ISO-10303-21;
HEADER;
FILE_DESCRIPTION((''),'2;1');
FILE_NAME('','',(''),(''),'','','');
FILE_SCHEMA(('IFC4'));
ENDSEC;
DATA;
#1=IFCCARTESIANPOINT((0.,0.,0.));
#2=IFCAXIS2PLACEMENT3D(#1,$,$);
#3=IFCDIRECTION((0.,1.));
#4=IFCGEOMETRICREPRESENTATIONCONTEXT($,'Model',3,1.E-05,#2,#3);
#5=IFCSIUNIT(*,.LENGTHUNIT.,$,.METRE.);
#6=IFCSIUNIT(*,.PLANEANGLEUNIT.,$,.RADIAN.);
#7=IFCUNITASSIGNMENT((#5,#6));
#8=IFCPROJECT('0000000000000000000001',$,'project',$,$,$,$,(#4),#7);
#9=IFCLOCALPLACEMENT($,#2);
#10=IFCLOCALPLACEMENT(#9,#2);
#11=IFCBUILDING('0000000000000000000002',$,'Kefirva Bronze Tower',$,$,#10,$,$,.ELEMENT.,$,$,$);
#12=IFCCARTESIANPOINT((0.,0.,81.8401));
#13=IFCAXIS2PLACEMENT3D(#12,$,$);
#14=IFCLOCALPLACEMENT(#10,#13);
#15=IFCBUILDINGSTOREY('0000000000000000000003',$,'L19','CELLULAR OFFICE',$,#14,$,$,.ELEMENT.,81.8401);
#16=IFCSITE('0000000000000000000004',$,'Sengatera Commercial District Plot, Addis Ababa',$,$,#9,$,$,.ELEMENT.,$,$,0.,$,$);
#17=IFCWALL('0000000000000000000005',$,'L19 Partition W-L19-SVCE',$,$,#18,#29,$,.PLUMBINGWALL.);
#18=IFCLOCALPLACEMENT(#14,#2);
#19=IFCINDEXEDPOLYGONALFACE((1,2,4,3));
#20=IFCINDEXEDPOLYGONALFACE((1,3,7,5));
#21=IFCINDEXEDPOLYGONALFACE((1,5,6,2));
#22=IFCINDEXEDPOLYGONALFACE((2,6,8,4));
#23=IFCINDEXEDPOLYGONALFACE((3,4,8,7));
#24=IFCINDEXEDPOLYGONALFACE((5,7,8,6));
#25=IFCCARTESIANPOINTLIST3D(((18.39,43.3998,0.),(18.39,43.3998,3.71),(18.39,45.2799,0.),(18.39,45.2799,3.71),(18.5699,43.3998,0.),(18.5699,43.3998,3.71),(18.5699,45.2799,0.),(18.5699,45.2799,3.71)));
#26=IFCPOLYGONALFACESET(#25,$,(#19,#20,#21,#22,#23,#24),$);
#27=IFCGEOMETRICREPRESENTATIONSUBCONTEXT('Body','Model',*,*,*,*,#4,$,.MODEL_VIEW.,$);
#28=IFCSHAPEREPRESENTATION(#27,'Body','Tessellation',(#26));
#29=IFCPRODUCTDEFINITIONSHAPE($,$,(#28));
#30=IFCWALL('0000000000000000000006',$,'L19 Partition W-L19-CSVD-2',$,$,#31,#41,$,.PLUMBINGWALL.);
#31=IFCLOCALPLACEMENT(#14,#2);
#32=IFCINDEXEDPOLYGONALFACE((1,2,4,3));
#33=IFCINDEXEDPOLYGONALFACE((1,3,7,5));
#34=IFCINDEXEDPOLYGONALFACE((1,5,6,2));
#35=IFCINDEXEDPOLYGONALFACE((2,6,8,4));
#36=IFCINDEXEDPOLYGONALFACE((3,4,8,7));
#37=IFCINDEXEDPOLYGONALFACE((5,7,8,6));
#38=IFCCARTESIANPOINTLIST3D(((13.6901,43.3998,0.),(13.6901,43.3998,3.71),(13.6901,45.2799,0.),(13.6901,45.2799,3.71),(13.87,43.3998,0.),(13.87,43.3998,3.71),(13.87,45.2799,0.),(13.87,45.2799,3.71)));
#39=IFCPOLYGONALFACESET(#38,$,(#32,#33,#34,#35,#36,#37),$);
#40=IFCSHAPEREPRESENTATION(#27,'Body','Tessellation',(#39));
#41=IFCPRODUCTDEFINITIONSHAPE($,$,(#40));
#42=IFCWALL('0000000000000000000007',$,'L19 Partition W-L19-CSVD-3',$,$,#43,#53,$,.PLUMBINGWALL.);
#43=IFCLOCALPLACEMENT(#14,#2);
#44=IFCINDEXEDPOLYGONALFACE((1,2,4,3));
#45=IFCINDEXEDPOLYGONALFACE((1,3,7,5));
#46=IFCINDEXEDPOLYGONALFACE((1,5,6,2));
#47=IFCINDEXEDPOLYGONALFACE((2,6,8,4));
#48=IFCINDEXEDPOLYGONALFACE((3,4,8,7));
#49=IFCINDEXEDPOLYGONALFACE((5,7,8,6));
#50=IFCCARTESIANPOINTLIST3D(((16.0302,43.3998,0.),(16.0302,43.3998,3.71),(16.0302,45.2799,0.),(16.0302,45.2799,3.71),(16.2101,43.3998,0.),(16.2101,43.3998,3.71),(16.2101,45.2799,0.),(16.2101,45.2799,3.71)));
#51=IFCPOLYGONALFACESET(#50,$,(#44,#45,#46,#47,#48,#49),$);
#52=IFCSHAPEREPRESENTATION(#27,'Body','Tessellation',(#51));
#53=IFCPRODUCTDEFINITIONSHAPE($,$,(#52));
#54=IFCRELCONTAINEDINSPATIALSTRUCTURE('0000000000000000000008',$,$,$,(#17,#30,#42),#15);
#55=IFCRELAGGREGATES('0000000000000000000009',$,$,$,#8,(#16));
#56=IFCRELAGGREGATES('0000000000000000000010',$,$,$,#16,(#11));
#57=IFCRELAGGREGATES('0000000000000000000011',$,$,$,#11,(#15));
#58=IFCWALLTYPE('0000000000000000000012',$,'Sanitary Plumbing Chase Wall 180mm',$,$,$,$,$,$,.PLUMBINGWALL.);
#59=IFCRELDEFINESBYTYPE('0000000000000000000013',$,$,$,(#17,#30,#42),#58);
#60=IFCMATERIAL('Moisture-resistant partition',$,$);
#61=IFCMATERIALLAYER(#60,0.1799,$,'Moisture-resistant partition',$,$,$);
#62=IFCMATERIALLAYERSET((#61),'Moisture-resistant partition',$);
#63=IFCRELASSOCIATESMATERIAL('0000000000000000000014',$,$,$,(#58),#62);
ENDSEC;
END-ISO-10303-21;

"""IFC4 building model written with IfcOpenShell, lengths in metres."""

from ifc_helpers import new_model, si_unit, direction, frame, frame_2d, origin, place, context, subcontext, project, spatial, rectangle, extrude, material, layer, layer_set, type_object, element, save


model = new_model("IFC4")

# Units and contexts
model_context = context("Model", 3, precision=1e-05, world=origin(), true_north=direction((0.0, 1.0)))
body_context = subcontext(model_context, "Body", "Model", "MODEL_VIEW")
ifc_project = project(units=[si_unit("LENGTHUNIT", "METRE"), si_unit("PLANEANGLEUNIT", "RADIAN")], contexts=[model_context])

# Site, building, storey
site_placement = place(None, origin())
site = spatial("IfcSite", under=ifc_project, at=site_placement, Name="Sengatera Commercial District Plot, Addis Ababa", CompositionType="ELEMENT", RefElevation=0.0)
building_placement = place(site_placement, origin())
building = spatial("IfcBuilding", under=site, at=building_placement, Name="Kefirva Bronze Tower", CompositionType="ELEMENT")
storey_placement = place(building_placement, frame((0.0, 0.0, 81.8401)))
storey = spatial("IfcBuildingStorey", under=building, at=storey_placement, Name="L19", Description="CELLULAR OFFICE", CompositionType="ELEMENT", Elevation=81.8401)

# Walls
ifc_material_1 = material(Name="Moisture-resistant partition")
ifc_layer_1 = layer(ifc_material_1, 0.1799, Name="Moisture-resistant partition")
ifc_layer_set_1 = layer_set([ifc_layer_1], Name="Moisture-resistant partition")
wall_type_1 = type_object("IfcWallType", Name="Sanitary Plumbing Chase Wall 180mm", PredefinedType="PLUMBINGWALL", material=ifc_layer_set_1)
for number, where, z_axis, x_axis, name in (
    (1, (18.48, 43.3999, 0.0), (0.0, 0.0, 1.0), (0.0, 1.0, 0.0), "L19 Partition W-L19-SVCE"),
    (2, (13.78, 43.3999, 0.0), (0.0, 0.0, 1.0), (0.0, 1.0, 0.0), "L19 Partition W-L19-CSVD-2"),
    (3, (16.1201, 43.3999, 0.0), (0.0, 0.0, 1.0), (0.0, 1.0, 0.0), "L19 Partition W-L19-CSVD-3"),
):
    element("IfcWall", number, at=place(storey_placement, frame(where, z_axis=z_axis, x_axis=x_axis)), inside=storey, type_object=wall_type_1, Name=name, PredefinedType="PLUMBINGWALL", context=body_context, shape_type="SweptSolid", body=[
        extrude(rectangle(XDim=1.8801, YDim=0.1799, at=frame_2d((0.9399, 0.0))), origin(), (0.0, 0.0, 1.0), 3.71),
    ])

save(model, "model.ifc")
